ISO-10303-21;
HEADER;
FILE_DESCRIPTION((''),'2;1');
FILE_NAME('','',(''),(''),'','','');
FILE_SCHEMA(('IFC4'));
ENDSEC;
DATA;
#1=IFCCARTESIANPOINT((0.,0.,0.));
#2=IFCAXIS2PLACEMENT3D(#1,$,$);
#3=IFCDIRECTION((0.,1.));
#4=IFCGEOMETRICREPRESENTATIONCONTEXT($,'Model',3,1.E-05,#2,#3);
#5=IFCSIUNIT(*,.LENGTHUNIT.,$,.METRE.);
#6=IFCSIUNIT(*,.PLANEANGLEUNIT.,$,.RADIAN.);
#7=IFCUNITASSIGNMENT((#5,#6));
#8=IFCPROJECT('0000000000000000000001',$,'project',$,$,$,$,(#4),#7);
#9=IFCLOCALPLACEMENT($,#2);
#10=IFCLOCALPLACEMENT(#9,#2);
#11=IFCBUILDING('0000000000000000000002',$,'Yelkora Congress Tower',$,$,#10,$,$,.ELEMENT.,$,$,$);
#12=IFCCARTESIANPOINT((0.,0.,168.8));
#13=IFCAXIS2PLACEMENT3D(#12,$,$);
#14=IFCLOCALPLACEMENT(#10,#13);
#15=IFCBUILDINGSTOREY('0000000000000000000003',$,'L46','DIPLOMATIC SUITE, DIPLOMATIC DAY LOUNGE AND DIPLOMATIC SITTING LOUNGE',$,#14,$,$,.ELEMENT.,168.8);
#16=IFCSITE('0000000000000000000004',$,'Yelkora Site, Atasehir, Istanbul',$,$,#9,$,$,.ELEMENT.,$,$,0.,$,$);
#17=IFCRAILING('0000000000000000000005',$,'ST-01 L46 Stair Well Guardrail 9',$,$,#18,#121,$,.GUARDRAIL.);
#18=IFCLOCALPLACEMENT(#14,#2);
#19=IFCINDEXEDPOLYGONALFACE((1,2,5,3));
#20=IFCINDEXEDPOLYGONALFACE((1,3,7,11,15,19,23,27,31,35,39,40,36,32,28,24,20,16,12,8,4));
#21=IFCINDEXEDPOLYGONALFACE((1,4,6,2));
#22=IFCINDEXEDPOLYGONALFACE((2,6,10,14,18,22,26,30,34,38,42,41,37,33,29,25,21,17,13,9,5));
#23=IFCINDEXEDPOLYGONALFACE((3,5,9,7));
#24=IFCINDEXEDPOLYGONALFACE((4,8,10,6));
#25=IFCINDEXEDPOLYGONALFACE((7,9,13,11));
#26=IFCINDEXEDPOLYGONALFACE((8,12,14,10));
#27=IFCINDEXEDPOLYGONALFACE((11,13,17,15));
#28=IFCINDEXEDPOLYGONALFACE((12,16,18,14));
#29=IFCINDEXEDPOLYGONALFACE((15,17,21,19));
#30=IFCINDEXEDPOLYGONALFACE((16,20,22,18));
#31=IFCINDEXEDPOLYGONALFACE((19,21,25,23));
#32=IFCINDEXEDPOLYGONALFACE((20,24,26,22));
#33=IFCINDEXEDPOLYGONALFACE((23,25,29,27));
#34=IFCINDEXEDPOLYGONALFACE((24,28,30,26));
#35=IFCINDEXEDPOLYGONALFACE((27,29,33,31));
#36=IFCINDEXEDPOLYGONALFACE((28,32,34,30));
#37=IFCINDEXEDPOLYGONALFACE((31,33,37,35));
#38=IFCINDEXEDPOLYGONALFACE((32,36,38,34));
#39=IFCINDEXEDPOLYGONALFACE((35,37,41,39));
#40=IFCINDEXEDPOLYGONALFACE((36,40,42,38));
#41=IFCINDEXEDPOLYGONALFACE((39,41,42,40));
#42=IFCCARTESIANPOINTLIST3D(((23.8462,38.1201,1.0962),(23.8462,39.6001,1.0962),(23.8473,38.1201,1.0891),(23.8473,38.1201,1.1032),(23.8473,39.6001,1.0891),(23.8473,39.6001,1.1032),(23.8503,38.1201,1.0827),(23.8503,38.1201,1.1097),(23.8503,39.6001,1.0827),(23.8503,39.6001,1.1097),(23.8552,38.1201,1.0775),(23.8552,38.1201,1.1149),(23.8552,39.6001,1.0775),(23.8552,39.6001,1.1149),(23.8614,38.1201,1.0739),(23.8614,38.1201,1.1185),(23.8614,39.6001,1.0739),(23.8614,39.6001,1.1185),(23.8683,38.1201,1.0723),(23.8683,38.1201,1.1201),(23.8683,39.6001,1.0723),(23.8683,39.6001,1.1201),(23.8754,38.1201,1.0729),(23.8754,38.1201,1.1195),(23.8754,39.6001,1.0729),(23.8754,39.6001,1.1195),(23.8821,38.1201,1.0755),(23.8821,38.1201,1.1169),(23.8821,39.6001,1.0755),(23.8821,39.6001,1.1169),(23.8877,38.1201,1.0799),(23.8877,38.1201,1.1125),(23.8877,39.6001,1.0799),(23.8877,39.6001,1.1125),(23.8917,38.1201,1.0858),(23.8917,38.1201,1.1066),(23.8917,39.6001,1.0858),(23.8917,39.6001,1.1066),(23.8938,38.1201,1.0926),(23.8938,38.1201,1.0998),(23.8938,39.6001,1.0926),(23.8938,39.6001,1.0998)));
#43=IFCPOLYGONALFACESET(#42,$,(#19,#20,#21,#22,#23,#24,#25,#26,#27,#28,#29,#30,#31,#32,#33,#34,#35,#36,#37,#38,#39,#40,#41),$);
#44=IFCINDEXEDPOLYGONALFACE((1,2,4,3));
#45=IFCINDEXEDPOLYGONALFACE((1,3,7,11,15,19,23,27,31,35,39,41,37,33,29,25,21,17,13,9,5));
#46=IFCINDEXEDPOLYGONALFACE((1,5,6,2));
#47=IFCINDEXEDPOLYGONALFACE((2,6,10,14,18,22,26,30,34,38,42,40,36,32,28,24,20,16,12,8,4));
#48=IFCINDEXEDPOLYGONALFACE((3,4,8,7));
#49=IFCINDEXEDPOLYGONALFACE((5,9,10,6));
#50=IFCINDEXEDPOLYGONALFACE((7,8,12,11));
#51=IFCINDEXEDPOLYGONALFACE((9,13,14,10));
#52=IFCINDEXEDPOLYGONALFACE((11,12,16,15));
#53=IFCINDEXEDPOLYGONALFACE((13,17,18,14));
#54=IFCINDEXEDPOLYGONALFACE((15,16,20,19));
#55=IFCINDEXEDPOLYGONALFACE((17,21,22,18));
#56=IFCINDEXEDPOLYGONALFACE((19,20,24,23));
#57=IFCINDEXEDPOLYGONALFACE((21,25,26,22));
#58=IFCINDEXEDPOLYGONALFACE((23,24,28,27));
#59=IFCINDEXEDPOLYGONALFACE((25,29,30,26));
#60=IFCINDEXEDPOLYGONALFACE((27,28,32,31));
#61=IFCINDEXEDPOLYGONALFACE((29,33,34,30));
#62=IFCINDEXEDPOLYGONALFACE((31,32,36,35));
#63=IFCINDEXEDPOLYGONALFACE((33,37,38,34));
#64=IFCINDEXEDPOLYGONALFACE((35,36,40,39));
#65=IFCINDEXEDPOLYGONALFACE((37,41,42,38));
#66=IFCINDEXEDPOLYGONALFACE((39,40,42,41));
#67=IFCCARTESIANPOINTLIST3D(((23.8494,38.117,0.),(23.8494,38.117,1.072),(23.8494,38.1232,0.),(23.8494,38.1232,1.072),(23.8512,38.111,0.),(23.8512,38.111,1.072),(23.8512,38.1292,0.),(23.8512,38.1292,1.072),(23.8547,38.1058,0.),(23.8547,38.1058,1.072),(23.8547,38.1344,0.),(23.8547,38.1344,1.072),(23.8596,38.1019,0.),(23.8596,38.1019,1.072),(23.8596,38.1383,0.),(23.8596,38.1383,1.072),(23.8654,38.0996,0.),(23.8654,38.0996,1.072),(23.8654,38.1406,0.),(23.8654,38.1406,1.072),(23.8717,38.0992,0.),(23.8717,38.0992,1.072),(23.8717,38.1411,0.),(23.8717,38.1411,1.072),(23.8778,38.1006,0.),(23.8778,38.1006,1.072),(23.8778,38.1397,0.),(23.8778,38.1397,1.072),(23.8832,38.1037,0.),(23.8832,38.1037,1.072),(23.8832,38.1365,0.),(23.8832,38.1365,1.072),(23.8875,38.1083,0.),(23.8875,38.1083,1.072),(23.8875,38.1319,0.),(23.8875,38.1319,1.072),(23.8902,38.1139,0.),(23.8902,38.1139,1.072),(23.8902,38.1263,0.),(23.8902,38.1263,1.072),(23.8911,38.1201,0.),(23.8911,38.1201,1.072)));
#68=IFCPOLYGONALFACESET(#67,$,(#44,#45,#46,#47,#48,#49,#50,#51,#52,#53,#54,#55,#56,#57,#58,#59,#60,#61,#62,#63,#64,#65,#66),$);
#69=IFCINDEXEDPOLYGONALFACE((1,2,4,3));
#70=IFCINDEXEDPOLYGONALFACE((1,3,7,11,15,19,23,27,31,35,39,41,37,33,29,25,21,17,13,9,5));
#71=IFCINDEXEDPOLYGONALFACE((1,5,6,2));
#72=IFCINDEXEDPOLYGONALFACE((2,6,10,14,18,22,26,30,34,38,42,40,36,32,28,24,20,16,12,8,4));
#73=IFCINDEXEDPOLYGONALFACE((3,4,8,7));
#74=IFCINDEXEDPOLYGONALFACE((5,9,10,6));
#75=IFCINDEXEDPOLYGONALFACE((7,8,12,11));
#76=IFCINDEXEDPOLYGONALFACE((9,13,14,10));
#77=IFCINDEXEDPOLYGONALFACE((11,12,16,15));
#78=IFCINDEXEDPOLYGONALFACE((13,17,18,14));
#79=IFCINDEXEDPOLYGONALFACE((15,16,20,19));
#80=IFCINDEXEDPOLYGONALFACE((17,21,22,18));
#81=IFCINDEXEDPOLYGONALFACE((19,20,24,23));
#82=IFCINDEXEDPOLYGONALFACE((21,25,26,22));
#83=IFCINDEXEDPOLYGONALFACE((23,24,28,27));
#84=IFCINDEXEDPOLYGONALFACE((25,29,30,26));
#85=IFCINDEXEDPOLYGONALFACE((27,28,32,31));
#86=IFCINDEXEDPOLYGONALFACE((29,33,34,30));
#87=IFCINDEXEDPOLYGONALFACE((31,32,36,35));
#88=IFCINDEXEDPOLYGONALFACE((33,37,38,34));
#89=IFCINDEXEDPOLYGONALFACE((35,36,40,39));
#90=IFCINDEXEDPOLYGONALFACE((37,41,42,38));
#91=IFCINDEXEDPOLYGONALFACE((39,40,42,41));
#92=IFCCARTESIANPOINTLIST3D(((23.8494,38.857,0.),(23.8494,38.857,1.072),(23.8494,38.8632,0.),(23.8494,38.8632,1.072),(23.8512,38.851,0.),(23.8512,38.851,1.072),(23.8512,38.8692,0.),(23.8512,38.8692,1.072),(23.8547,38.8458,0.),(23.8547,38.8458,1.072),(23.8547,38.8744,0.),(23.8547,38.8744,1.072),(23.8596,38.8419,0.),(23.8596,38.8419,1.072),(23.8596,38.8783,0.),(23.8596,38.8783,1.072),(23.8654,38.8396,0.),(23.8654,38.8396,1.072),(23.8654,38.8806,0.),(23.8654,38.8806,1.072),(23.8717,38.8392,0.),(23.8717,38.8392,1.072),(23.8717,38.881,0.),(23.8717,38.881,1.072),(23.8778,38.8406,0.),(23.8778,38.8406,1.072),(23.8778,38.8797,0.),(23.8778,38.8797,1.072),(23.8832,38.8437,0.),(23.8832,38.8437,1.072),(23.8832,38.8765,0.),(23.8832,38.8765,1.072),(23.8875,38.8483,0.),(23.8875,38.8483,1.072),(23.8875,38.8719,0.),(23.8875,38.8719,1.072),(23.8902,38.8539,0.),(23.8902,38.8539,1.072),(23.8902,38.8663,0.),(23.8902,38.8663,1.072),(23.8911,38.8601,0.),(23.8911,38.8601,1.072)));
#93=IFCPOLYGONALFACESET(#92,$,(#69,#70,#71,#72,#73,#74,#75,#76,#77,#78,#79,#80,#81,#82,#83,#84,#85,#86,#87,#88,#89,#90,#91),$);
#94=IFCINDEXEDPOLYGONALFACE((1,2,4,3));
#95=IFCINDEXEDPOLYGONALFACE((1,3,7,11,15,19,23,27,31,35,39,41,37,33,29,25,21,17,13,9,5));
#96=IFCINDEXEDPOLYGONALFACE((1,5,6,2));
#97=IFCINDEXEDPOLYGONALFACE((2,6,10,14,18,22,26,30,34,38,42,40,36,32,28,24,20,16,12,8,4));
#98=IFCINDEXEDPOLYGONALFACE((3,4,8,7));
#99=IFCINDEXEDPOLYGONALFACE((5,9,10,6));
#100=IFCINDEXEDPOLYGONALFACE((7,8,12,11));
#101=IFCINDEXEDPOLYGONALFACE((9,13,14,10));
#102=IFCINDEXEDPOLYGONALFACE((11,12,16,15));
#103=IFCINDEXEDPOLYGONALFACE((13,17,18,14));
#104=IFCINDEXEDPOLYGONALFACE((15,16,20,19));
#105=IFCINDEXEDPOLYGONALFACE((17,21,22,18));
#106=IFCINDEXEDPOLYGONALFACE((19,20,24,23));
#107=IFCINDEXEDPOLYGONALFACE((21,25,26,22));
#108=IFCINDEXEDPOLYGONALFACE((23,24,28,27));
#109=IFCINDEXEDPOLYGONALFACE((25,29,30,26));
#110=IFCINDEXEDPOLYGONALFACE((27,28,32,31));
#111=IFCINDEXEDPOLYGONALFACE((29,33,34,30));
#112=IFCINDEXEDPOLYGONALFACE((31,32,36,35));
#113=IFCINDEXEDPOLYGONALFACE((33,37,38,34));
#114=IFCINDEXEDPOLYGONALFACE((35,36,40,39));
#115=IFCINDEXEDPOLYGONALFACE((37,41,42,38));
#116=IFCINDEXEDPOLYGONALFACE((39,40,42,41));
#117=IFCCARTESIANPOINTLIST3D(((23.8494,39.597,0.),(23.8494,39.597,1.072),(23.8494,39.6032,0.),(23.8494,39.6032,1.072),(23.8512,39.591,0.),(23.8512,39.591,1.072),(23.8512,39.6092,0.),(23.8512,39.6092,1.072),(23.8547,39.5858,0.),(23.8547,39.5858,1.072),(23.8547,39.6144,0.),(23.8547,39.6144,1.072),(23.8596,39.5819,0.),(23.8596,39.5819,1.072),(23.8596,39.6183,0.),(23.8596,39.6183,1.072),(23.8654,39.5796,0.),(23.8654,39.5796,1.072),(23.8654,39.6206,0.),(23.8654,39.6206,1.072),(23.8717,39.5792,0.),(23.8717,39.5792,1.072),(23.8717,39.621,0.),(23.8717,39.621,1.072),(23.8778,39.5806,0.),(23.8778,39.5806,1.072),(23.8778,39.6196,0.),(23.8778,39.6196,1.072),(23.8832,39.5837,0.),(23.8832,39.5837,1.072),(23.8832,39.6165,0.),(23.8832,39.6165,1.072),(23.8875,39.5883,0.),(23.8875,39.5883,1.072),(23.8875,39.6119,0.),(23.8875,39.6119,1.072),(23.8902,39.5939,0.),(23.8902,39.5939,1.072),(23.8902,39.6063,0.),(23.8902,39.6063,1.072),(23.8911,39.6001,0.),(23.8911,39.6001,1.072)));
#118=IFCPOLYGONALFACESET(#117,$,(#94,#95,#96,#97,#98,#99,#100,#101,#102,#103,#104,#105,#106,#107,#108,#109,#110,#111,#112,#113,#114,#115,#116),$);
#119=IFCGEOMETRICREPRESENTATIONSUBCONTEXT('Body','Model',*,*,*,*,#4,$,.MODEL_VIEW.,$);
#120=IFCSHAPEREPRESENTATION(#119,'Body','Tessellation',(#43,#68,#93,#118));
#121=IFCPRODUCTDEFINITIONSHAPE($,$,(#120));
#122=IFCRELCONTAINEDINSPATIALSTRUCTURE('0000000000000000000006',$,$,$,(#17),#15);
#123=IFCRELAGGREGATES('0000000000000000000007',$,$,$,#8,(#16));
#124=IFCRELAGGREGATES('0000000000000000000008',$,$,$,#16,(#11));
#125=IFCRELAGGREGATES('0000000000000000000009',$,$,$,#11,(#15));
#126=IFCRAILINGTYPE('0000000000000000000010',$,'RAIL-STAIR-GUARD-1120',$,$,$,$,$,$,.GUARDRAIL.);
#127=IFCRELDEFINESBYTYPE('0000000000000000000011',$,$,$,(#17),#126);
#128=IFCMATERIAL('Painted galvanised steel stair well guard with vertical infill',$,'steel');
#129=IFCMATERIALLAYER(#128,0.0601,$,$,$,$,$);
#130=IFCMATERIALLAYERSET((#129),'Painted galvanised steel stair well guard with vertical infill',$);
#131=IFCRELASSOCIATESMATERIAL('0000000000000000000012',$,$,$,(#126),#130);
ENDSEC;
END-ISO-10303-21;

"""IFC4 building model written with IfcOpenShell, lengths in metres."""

from ifc_helpers import new_model, si_unit, direction, frame, origin, origin_2d, place, context, subcontext, project, spatial, circle, extrude, material, layer, layer_set, type_object, element, save


model = new_model("IFC4")

# Units and contexts
model_context = context("Model", 3, precision=1e-05, world=origin(), true_north=direction((0.0, 1.0)))
body_context = subcontext(model_context, "Body", "Model", "MODEL_VIEW")
ifc_project = project(units=[si_unit("LENGTHUNIT", "METRE"), si_unit("PLANEANGLEUNIT", "RADIAN")], contexts=[model_context])

# Site, building, storey
site_placement = place(None, origin())
site = spatial("IfcSite", under=ifc_project, at=site_placement, Name="Yelkora Site, Atasehir, Istanbul", CompositionType="ELEMENT", RefElevation=0.0)
building_placement = place(site_placement, origin())
building = spatial("IfcBuilding", under=site, at=building_placement, Name="Yelkora Congress Tower", CompositionType="ELEMENT")
storey_placement = place(building_placement, frame((0.0, 0.0, 168.8)))
storey = spatial("IfcBuildingStorey", under=building, at=storey_placement, Name="L46", Description="DIPLOMATIC SUITE, DIPLOMATIC DAY LOUNGE AND DIPLOMATIC SITTING LOUNGE", CompositionType="ELEMENT", Elevation=168.8)

# Railing
ifc_material_1 = material(Name="Painted galvanised steel stair well guard with vertical infill", Category="steel")
ifc_layer_1 = layer(ifc_material_1, 0.0601)
ifc_layer_set_1 = layer_set([ifc_layer_1], Name="Painted galvanised steel stair well guard with vertical infill")
railing_type_1 = type_object("IfcRailingType", Name="RAIL-STAIR-GUARD-1120", PredefinedType="GUARDRAIL", material=ifc_layer_set_1)
for number, where, name in (
    (1, (23.8701, 38.1201, 0.0), "ST-01 L46 Stair Well Guardrail 9"),
):
    element("IfcRailing", number, at=place(storey_placement, frame(where)), inside=storey, type_object=railing_type_1, Name=name, PredefinedType="GUARDRAIL", context=body_context, shape_type="SweptSolid", body=[
        extrude(circle(Radius=0.0239, at=origin_2d()), frame((0.0, 0.0, 1.0962), z_axis=(0.0, 1.0, 0.0), x_axis=(-1.0, 0.0, 0.0)), (0.0, 0.0, 1.0), 1.48),
        extrude(circle(Radius=0.021, at=origin_2d()), origin(), (0.0, 0.0, 1.0), 1.072),
        extrude(circle(Radius=0.021, at=origin_2d()), frame((0.0, 0.74, 0.0)), (0.0, 0.0, 1.0), 1.072),
        extrude(circle(Radius=0.021, at=origin_2d()), frame((0.0, 1.48, 0.0)), (0.0, 0.0, 1.0), 1.072),
    ])

save(model, "model.ifc")
